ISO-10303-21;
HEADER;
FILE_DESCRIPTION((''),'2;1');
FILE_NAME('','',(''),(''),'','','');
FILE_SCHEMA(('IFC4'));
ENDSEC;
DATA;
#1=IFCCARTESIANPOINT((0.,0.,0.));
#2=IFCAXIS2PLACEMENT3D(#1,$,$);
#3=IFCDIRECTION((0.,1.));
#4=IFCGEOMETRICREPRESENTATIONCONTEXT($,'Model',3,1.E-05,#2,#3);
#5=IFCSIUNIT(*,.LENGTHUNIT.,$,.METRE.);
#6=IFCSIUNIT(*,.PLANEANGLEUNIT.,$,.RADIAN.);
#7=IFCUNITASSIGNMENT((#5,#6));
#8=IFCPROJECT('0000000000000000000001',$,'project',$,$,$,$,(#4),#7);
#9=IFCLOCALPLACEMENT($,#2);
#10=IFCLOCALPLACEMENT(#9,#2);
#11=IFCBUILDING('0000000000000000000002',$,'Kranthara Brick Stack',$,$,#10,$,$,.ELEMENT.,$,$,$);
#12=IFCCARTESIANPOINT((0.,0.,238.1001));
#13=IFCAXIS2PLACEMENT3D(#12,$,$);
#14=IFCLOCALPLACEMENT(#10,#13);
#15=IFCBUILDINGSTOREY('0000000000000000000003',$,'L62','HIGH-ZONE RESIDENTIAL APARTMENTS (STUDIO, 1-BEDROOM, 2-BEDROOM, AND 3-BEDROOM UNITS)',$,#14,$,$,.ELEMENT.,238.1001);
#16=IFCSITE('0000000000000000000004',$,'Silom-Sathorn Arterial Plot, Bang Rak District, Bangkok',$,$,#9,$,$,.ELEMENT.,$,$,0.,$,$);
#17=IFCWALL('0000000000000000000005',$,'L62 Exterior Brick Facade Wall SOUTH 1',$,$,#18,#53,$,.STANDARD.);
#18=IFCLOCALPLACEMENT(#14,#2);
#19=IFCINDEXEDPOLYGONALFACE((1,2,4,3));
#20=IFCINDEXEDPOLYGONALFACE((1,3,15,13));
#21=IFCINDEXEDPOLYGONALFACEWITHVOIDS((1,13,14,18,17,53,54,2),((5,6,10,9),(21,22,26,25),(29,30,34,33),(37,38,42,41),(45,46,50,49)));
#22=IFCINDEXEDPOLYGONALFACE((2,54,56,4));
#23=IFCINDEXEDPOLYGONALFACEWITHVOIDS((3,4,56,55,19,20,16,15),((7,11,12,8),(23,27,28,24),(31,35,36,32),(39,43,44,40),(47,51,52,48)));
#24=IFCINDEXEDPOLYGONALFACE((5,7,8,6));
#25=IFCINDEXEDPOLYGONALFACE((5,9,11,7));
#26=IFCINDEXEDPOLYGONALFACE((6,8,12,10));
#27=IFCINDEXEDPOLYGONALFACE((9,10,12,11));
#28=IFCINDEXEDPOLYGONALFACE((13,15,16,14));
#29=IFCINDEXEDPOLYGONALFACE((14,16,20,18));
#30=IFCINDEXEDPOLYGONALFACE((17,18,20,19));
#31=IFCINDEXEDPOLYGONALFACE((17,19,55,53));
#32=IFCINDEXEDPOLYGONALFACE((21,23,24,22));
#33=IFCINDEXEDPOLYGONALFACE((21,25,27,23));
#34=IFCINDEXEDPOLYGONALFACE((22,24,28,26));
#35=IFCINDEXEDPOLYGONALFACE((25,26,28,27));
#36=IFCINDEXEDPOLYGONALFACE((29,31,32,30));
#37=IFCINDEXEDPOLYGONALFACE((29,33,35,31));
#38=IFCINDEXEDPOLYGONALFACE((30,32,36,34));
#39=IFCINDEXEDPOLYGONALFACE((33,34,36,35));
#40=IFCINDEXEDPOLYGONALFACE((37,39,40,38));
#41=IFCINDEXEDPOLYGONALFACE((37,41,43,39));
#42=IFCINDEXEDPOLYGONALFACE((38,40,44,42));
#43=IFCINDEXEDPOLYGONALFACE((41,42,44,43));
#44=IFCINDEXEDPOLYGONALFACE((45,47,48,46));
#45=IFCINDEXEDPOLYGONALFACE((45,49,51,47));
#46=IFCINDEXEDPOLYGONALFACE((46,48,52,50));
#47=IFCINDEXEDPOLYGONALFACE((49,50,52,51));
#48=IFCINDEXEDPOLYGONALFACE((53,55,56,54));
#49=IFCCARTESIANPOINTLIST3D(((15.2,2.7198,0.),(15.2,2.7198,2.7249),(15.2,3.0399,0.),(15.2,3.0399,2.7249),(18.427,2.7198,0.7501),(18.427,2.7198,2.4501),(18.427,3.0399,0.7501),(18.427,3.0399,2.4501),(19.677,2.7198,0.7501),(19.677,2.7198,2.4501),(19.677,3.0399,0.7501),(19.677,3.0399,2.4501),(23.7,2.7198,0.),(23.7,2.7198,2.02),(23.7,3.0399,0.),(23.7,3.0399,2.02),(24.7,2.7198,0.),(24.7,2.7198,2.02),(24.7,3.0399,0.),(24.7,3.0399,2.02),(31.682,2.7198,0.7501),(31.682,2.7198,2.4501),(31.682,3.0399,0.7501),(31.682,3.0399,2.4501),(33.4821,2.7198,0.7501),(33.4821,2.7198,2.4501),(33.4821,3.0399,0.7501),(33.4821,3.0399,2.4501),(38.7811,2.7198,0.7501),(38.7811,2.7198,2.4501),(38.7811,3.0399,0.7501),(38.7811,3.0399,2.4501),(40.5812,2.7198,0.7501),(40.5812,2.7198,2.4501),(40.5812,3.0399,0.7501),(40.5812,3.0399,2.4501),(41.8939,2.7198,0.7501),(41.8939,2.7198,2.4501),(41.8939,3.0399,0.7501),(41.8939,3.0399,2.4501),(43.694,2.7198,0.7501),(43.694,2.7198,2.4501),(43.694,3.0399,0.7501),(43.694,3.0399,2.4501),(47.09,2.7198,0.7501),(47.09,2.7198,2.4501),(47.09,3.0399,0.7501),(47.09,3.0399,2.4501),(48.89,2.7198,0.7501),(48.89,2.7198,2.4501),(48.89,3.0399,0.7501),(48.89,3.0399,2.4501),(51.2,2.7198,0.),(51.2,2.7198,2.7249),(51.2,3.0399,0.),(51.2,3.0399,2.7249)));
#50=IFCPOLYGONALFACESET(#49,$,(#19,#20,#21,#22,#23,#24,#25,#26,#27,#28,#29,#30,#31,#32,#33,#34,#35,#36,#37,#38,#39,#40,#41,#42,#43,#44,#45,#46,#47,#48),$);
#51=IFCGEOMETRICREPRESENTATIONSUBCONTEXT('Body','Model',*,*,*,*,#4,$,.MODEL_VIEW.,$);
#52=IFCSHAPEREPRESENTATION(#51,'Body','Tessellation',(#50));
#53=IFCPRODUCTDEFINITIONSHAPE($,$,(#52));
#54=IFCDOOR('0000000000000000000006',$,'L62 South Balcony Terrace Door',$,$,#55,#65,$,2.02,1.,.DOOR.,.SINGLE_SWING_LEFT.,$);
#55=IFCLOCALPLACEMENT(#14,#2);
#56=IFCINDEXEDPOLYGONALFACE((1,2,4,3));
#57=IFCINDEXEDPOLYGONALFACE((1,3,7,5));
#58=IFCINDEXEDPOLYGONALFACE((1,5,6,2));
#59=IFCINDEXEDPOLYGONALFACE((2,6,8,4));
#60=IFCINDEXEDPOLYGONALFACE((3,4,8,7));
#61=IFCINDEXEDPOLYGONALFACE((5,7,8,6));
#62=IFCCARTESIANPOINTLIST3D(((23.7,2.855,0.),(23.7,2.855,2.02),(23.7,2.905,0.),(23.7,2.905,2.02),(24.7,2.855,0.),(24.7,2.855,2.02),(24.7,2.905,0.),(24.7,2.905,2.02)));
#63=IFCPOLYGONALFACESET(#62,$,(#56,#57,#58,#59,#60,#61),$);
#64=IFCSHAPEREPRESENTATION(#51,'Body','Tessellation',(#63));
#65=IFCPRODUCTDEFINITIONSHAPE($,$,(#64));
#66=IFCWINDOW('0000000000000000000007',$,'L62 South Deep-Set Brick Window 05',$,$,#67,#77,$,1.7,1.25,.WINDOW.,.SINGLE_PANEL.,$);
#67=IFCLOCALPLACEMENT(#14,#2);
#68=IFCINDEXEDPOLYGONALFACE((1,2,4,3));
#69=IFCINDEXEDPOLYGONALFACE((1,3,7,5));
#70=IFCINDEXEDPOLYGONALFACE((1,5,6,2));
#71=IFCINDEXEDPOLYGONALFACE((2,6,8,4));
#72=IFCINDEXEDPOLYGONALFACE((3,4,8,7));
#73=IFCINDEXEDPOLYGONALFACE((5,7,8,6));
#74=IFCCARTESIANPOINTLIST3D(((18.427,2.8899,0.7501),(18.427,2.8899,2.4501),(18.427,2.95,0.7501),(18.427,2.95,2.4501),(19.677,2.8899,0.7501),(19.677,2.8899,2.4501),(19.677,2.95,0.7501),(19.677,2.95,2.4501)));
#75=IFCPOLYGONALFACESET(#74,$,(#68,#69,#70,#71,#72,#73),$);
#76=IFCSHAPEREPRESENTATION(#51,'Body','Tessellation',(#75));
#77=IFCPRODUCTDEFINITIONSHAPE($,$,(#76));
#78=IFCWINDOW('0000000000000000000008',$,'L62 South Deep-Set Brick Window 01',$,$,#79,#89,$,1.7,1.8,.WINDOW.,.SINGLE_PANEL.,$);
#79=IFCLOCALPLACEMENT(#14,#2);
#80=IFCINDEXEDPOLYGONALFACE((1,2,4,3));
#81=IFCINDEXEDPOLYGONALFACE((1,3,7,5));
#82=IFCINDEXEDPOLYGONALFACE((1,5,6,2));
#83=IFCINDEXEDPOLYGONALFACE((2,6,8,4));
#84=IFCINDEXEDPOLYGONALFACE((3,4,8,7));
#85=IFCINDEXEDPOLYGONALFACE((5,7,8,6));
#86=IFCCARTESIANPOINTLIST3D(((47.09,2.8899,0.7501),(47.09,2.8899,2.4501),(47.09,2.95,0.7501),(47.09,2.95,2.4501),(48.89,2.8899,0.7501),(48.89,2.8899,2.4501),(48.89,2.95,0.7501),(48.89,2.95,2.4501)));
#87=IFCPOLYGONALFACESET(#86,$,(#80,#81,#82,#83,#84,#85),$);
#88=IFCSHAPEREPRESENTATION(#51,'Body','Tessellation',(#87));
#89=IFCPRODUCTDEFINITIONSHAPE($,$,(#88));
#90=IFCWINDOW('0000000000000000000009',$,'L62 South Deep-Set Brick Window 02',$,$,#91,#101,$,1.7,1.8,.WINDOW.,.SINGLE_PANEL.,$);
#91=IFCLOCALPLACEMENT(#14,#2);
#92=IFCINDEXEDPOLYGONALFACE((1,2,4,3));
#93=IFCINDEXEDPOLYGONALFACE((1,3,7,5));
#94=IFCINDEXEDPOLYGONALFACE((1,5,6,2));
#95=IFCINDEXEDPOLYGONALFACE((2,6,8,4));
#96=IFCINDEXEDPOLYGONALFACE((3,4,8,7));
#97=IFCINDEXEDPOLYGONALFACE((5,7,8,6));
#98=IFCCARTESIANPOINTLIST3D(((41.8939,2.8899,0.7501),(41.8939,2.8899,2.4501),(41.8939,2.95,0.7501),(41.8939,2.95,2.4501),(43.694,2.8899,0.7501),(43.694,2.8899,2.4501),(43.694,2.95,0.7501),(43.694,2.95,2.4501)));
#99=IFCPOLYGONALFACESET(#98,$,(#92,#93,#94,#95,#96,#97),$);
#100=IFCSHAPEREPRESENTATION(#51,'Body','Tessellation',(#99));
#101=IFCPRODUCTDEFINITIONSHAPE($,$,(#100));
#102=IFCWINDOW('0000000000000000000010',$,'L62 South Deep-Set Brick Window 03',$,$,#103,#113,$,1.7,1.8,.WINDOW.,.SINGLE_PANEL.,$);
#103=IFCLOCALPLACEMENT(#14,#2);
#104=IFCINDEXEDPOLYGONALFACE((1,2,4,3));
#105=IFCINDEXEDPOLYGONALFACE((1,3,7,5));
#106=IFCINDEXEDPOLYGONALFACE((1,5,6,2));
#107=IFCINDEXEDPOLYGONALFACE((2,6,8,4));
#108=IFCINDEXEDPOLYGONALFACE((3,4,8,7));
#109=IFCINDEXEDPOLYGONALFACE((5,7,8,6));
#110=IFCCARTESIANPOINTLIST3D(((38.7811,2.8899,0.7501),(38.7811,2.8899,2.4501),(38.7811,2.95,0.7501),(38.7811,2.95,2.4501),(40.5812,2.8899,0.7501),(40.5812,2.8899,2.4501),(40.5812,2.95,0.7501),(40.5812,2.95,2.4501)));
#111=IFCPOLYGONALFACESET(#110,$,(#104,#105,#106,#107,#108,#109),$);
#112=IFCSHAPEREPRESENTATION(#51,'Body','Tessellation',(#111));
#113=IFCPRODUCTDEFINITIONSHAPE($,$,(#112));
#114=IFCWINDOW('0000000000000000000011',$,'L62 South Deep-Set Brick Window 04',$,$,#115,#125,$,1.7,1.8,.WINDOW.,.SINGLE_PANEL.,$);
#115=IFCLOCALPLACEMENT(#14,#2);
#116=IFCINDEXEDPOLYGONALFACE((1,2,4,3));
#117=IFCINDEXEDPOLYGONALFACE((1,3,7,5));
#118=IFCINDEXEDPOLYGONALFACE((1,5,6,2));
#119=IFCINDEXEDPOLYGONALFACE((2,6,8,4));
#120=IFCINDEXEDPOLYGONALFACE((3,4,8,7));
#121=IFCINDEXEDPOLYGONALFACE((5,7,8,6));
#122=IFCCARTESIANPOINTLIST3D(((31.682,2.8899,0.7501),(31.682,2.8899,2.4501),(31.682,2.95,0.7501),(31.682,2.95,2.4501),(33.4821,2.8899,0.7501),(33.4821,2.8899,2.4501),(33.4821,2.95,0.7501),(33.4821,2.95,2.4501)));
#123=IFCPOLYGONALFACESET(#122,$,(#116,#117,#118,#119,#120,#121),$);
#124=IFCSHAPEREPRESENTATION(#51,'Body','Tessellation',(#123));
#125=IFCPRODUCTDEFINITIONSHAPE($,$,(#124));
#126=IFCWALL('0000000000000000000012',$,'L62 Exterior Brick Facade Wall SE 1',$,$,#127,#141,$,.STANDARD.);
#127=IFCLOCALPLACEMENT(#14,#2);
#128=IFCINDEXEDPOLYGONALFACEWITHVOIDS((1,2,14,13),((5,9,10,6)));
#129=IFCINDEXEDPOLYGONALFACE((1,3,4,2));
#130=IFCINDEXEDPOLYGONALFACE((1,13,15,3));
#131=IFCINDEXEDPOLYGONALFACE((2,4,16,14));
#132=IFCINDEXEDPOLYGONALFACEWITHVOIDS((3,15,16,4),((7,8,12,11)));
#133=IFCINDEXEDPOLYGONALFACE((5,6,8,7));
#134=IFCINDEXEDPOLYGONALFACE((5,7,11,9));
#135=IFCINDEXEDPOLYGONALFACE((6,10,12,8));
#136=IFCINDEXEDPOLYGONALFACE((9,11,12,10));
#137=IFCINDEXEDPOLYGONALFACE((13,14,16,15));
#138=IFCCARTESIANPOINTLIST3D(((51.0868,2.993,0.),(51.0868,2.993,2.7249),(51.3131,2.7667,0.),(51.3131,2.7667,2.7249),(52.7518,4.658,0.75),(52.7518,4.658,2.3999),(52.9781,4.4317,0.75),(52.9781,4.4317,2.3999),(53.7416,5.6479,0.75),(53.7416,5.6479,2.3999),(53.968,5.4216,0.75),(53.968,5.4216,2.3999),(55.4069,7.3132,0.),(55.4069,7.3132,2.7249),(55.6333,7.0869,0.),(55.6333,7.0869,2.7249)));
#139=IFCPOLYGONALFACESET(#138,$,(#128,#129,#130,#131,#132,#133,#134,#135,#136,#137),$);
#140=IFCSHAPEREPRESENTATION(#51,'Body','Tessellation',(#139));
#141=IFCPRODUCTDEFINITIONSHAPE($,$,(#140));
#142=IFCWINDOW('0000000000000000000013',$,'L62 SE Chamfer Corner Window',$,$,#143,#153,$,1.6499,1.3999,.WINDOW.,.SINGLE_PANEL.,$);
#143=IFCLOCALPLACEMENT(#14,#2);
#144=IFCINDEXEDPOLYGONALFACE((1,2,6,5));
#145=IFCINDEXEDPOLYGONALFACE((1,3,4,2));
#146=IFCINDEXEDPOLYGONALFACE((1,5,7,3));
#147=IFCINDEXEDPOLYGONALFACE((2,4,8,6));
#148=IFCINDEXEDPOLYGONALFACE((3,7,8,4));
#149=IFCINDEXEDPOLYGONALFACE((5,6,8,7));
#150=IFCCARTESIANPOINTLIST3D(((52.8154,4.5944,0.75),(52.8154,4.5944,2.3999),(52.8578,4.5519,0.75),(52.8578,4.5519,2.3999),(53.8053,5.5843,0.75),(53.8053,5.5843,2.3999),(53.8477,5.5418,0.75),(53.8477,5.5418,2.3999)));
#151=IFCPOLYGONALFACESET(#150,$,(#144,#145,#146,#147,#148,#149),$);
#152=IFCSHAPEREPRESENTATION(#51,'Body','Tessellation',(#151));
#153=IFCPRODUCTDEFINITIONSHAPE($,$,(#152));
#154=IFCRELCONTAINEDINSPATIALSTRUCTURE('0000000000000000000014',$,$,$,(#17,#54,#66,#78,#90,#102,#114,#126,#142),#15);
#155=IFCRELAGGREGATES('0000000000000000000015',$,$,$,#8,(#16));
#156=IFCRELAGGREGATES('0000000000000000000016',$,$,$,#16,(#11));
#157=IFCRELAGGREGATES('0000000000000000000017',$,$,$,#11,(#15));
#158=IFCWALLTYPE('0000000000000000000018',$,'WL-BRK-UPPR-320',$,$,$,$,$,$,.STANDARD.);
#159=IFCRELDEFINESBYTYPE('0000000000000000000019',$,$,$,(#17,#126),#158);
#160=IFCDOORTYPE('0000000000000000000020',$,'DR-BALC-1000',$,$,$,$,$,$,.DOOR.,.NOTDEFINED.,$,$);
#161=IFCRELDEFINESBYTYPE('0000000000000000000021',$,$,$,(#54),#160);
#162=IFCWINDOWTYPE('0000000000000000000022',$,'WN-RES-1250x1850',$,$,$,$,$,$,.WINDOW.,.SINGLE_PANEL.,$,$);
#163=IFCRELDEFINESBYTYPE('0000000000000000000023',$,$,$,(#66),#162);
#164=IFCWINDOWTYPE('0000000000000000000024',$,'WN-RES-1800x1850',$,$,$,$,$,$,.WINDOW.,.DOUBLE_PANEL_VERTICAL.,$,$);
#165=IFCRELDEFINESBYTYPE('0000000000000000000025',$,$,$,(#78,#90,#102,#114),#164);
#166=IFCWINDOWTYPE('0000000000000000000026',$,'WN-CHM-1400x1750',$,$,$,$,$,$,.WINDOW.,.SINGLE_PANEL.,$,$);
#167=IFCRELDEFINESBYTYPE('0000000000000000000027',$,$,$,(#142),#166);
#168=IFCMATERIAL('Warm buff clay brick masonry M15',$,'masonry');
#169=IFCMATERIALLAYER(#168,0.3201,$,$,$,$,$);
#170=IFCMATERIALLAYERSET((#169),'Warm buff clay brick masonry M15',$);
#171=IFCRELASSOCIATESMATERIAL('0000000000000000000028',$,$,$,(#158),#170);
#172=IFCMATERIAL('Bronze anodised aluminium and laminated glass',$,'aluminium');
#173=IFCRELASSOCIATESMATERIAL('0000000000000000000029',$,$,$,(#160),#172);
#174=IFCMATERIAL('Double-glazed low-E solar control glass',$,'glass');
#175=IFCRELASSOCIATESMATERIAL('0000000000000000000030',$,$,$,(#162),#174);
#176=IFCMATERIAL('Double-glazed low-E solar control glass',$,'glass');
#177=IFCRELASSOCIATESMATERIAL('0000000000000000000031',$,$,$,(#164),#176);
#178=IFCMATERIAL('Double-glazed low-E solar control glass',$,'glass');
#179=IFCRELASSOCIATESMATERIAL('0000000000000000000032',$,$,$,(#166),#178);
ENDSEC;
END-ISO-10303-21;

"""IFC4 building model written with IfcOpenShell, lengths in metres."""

from ifc_helpers import new_model, si_unit, direction, frame, frame_2d, origin, place, context, subcontext, project, spatial, rectangle, extrude, material, layer, layer_set, type_object, element, fill, save


model = new_model("IFC4")

# Units and contexts
model_context = context("Model", 3, precision=1e-05, world=origin(), true_north=direction((0.0, 1.0)))
body_context = subcontext(model_context, "Body", "Model", "MODEL_VIEW")
ifc_project = project(units=[si_unit("LENGTHUNIT", "METRE"), si_unit("PLANEANGLEUNIT", "RADIAN")], contexts=[model_context])

# Site, building, storey
site_placement = place(None, origin())
site = spatial("IfcSite", under=ifc_project, at=site_placement, Name="Silom-Sathorn Arterial Plot, Bang Rak District, Bangkok", CompositionType="ELEMENT", RefElevation=0.0)
building_placement = place(site_placement, origin())
building = spatial("IfcBuilding", under=site, at=building_placement, Name="Kranthara Brick Stack", CompositionType="ELEMENT")
storey_placement = place(building_placement, frame((0.0, 0.0, 238.1001)))
storey = spatial("IfcBuildingStorey", under=building, at=storey_placement, Name="L62", Description="HIGH-ZONE RESIDENTIAL APARTMENTS (STUDIO, 1-BEDROOM, 2-BEDROOM, AND 3-BEDROOM UNITS)", CompositionType="ELEMENT", Elevation=238.1001)

# Wall, openings, door, windows
ifc_material_1 = material(Name="Warm buff clay brick masonry M15", Category="masonry")
ifc_layer_1 = layer(ifc_material_1, 0.3201)
ifc_layer_set_1 = layer_set([ifc_layer_1], Name="Warm buff clay brick masonry M15")
wall_type_1 = type_object("IfcWallType", Name="WL-BRK-UPPR-320", PredefinedType="STANDARD", material=ifc_layer_set_1)
wall_1_placement = place(storey_placement, frame((51.2, 2.8799, 0.0), z_axis=(0.0, 0.0, 1.0), x_axis=(-1.0, 0.0, 0.0)))
wall_1 = element("IfcWall", 1, at=wall_1_placement, inside=storey, type_object=wall_type_1, Name="L62 Exterior Brick Facade Wall SOUTH 1", PredefinedType="STANDARD", context=body_context, shape_type="SweptSolid", body=[
    extrude(rectangle(XDim=36.0, YDim=0.3201, at=frame_2d((18.0, 0.0))), origin(), (0.0, 0.0, 1.0), 2.7249),
])
opening_1_placement = place(wall_1_placement, frame((26.5, 0.0, 0.0)))
opening_1 = element("IfcOpeningElement", 2, at=opening_1_placement, cuts=wall_1, PredefinedType="OPENING", context=body_context, shape_type="SweptSolid", body=[
    extrude(rectangle(XDim=1.0, YDim=2.02, at=frame_2d((0.5, 1.01))), frame((0.0, 0.1699, 0.0), z_axis=(0.0, -1.0, 0.0), x_axis=(1.0, 0.0, 0.0)), (0.0, 0.0, 1.0), 0.3401),
])
opening_2_placement = place(wall_1_placement, frame((2.3101, 0.0, 0.75)))
opening_2 = element("IfcOpeningElement", 3, at=opening_2_placement, cuts=wall_1, PredefinedType="OPENING", context=body_context, shape_type="SweptSolid", body=[
    extrude(rectangle(XDim=1.8, YDim=1.7, at=frame_2d((0.8999, 0.8501))), frame((0.0, 0.1699, 0.0), z_axis=(0.0, -1.0, 0.0), x_axis=(1.0, 0.0, 0.0)), (0.0, 0.0, 1.0), 0.3401),
])
opening_3_placement = place(wall_1_placement, frame((7.5061, 0.0, 0.75)))
opening_3 = element("IfcOpeningElement", 4, at=opening_3_placement, cuts=wall_1, PredefinedType="OPENING", context=body_context, shape_type="SweptSolid", body=[
    extrude(rectangle(XDim=1.8, YDim=1.7, at=frame_2d((0.8999, 0.8501))), frame((0.0, 0.1699, 0.0), z_axis=(0.0, -1.0, 0.0), x_axis=(1.0, 0.0, 0.0)), (0.0, 0.0, 1.0), 0.3401),
])
opening_4_placement = place(wall_1_placement, frame((10.6189, 0.0, 0.75)))
opening_4 = element("IfcOpeningElement", 5, at=opening_4_placement, cuts=wall_1, PredefinedType="OPENING", context=body_context, shape_type="SweptSolid", body=[
    extrude(rectangle(XDim=1.8, YDim=1.7, at=frame_2d((0.8999, 0.8501))), frame((0.0, 0.1699, 0.0), z_axis=(0.0, -1.0, 0.0), x_axis=(1.0, 0.0, 0.0)), (0.0, 0.0, 1.0), 0.3401),
])
opening_5_placement = place(wall_1_placement, frame((17.718, 0.0, 0.75)))
opening_5 = element("IfcOpeningElement", 6, at=opening_5_placement, cuts=wall_1, PredefinedType="OPENING", context=body_context, shape_type="SweptSolid", body=[
    extrude(rectangle(XDim=1.8, YDim=1.7, at=frame_2d((0.8999, 0.8501))), frame((0.0, 0.1699, 0.0), z_axis=(0.0, -1.0, 0.0), x_axis=(1.0, 0.0, 0.0)), (0.0, 0.0, 1.0), 0.3401),
])
opening_6_placement = place(wall_1_placement, frame((31.5229, 0.0, 0.75)))
opening_6 = element("IfcOpeningElement", 7, at=opening_6_placement, cuts=wall_1, PredefinedType="OPENING", context=body_context, shape_type="SweptSolid", body=[
    extrude(rectangle(XDim=1.25, YDim=1.7, at=frame_2d((0.625, 0.8501))), frame((0.0, 0.1699, 0.0), z_axis=(0.0, -1.0, 0.0), x_axis=(1.0, 0.0, 0.0)), (0.0, 0.0, 1.0), 0.3401),
])
ifc_material_2 = material(Name="Bronze anodised aluminium and laminated glass", Category="aluminium")
door_type_1 = type_object("IfcDoorType", Name="DR-BALC-1000", OperationType="NOTDEFINED", PredefinedType="DOOR", material=ifc_material_2)
door_1_placement = place(opening_1_placement, origin())
door_1 = element("IfcDoor", 8, at=door_1_placement, inside=storey, type_object=door_type_1, Name="L62 South Balcony Terrace Door", OperationType="SINGLE_SWING_LEFT", OverallHeight=2.02, OverallWidth=1.0, PredefinedType="DOOR", context=body_context, shape_type="SweptSolid", body=[
    extrude(rectangle(XDim=1.0, YDim=2.02, at=frame_2d((0.5, 1.01))), frame((0.0, 0.0249, 0.0), z_axis=(0.0, -1.0, 0.0), x_axis=(1.0, 0.0, 0.0)), (0.0, 0.0, 1.0), 0.05),
])
fill(opening_1, door_1)
ifc_material_3 = material(Name="Double-glazed low-E solar control glass", Category="glass")
window_type_1 = type_object("IfcWindowType", Name="WN-RES-1250x1850", PartitioningType="SINGLE_PANEL", PredefinedType="WINDOW", material=ifc_material_3)
window_1_placement = place(opening_6_placement, origin())
window_1 = element("IfcWindow", 9, at=window_1_placement, inside=storey, type_object=window_type_1, Name="L62 South Deep-Set Brick Window 05", OverallHeight=1.7, OverallWidth=1.25, PartitioningType="SINGLE_PANEL", PredefinedType="WINDOW", context=body_context, shape_type="SweptSolid", body=[
    extrude(rectangle(XDim=1.25, YDim=1.7, at=frame_2d((0.625, 0.8501))), frame((0.0, -0.01, 0.0), z_axis=(0.0, -1.0, 0.0), x_axis=(1.0, 0.0, 0.0)), (0.0, 0.0, 1.0), 0.0601),
])
fill(opening_6, window_1)
ifc_material_4 = material(Name="Double-glazed low-E solar control glass", Category="glass")
window_type_2 = type_object("IfcWindowType", Name="WN-RES-1800x1850", PartitioningType="DOUBLE_PANEL_VERTICAL", PredefinedType="WINDOW", material=ifc_material_4)
window_2_placement = place(opening_2_placement, origin())
window_2 = element("IfcWindow", 10, at=window_2_placement, inside=storey, type_object=window_type_2, Name="L62 South Deep-Set Brick Window 01", OverallHeight=1.7, OverallWidth=1.8, PartitioningType="SINGLE_PANEL", PredefinedType="WINDOW", context=body_context, shape_type="SweptSolid", body=[
    extrude(rectangle(XDim=1.8, YDim=1.7, at=frame_2d((0.8999, 0.8501))), frame((0.0, -0.01, 0.0), z_axis=(0.0, -1.0, 0.0), x_axis=(1.0, 0.0, 0.0)), (0.0, 0.0, 1.0), 0.0601),
])
fill(opening_2, window_2)
window_3_placement = place(opening_3_placement, origin())
window_3 = element("IfcWindow", 11, at=window_3_placement, inside=storey, type_object=window_type_2, Name="L62 South Deep-Set Brick Window 02", OverallHeight=1.7, OverallWidth=1.8, PartitioningType="SINGLE_PANEL", PredefinedType="WINDOW", context=body_context, shape_type="SweptSolid", body=[
    extrude(rectangle(XDim=1.8, YDim=1.7, at=frame_2d((0.8999, 0.8501))), frame((0.0, -0.01, 0.0), z_axis=(0.0, -1.0, 0.0), x_axis=(1.0, 0.0, 0.0)), (0.0, 0.0, 1.0), 0.0601),
])
fill(opening_3, window_3)
window_4_placement = place(opening_4_placement, origin())
window_4 = element("IfcWindow", 12, at=window_4_placement, inside=storey, type_object=window_type_2, Name="L62 South Deep-Set Brick Window 03", OverallHeight=1.7, OverallWidth=1.8, PartitioningType="SINGLE_PANEL", PredefinedType="WINDOW", context=body_context, shape_type="SweptSolid", body=[
    extrude(rectangle(XDim=1.8, YDim=1.7, at=frame_2d((0.8999, 0.8501))), frame((0.0, -0.01, 0.0), z_axis=(0.0, -1.0, 0.0), x_axis=(1.0, 0.0, 0.0)), (0.0, 0.0, 1.0), 0.0601),
])
fill(opening_4, window_4)
window_5_placement = place(opening_5_placement, origin())
window_5 = element("IfcWindow", 13, at=window_5_placement, inside=storey, type_object=window_type_2, Name="L62 South Deep-Set Brick Window 04", OverallHeight=1.7, OverallWidth=1.8, PartitioningType="SINGLE_PANEL", PredefinedType="WINDOW", context=body_context, shape_type="SweptSolid", body=[
    extrude(rectangle(XDim=1.8, YDim=1.7, at=frame_2d((0.8999, 0.8501))), frame((0.0, -0.01, 0.0), z_axis=(0.0, -1.0, 0.0), x_axis=(1.0, 0.0, 0.0)), (0.0, 0.0, 1.0), 0.0601),
])
fill(opening_5, window_5)

# Wall, opening, window
wall_2_placement = place(storey_placement, frame((55.52, 7.2, 0.0), z_axis=(0.0, 0.0, 1.0), x_axis=(-0.707107, -0.707107, 0.0)))
wall_2 = element("IfcWall", 14, at=wall_2_placement, inside=storey, type_object=wall_type_1, Name="L62 Exterior Brick Facade Wall SE 1", PredefinedType="STANDARD", context=body_context, shape_type="SweptSolid", body=[
    extrude(rectangle(XDim=6.1096, YDim=0.3201, at=frame_2d((3.0547, 0.0))), origin(), (0.0, 0.0, 1.0), 2.7249),
])
opening_7_placement = place(wall_2_placement, frame((2.355, 0.0, 0.75)))
opening_7 = element("IfcOpeningElement", 15, at=opening_7_placement, cuts=wall_2, PredefinedType="OPENING", context=body_context, shape_type="SweptSolid", body=[
    extrude(rectangle(XDim=1.3999, YDim=1.6499, at=frame_2d((0.7, 0.825))), frame((0.0, 0.1699, 0.0), z_axis=(0.0, -1.0, 0.0), x_axis=(1.0, 0.0, 0.0)), (0.0, 0.0, 1.0), 0.3401),
])
ifc_material_5 = material(Name="Double-glazed low-E solar control glass", Category="glass")
window_type_3 = type_object("IfcWindowType", Name="WN-CHM-1400x1750", PartitioningType="SINGLE_PANEL", PredefinedType="WINDOW", material=ifc_material_5)
window_6_placement = place(opening_7_placement, origin())
window_6 = element("IfcWindow", 16, at=window_6_placement, inside=storey, type_object=window_type_3, Name="L62 SE Chamfer Corner Window", OverallHeight=1.6499, OverallWidth=1.3999, PartitioningType="SINGLE_PANEL", PredefinedType="WINDOW", context=body_context, shape_type="SweptSolid", body=[
    extrude(rectangle(XDim=1.3999, YDim=1.6499, at=frame_2d((0.7, 0.825))), frame((0.0, -0.01, 0.0), z_axis=(0.0, -1.0, 0.0), x_axis=(1.0, 0.0, 0.0)), (0.0, 0.0, 1.0), 0.0601),
])
fill(opening_7, window_6)

save(model, "model.ifc")
